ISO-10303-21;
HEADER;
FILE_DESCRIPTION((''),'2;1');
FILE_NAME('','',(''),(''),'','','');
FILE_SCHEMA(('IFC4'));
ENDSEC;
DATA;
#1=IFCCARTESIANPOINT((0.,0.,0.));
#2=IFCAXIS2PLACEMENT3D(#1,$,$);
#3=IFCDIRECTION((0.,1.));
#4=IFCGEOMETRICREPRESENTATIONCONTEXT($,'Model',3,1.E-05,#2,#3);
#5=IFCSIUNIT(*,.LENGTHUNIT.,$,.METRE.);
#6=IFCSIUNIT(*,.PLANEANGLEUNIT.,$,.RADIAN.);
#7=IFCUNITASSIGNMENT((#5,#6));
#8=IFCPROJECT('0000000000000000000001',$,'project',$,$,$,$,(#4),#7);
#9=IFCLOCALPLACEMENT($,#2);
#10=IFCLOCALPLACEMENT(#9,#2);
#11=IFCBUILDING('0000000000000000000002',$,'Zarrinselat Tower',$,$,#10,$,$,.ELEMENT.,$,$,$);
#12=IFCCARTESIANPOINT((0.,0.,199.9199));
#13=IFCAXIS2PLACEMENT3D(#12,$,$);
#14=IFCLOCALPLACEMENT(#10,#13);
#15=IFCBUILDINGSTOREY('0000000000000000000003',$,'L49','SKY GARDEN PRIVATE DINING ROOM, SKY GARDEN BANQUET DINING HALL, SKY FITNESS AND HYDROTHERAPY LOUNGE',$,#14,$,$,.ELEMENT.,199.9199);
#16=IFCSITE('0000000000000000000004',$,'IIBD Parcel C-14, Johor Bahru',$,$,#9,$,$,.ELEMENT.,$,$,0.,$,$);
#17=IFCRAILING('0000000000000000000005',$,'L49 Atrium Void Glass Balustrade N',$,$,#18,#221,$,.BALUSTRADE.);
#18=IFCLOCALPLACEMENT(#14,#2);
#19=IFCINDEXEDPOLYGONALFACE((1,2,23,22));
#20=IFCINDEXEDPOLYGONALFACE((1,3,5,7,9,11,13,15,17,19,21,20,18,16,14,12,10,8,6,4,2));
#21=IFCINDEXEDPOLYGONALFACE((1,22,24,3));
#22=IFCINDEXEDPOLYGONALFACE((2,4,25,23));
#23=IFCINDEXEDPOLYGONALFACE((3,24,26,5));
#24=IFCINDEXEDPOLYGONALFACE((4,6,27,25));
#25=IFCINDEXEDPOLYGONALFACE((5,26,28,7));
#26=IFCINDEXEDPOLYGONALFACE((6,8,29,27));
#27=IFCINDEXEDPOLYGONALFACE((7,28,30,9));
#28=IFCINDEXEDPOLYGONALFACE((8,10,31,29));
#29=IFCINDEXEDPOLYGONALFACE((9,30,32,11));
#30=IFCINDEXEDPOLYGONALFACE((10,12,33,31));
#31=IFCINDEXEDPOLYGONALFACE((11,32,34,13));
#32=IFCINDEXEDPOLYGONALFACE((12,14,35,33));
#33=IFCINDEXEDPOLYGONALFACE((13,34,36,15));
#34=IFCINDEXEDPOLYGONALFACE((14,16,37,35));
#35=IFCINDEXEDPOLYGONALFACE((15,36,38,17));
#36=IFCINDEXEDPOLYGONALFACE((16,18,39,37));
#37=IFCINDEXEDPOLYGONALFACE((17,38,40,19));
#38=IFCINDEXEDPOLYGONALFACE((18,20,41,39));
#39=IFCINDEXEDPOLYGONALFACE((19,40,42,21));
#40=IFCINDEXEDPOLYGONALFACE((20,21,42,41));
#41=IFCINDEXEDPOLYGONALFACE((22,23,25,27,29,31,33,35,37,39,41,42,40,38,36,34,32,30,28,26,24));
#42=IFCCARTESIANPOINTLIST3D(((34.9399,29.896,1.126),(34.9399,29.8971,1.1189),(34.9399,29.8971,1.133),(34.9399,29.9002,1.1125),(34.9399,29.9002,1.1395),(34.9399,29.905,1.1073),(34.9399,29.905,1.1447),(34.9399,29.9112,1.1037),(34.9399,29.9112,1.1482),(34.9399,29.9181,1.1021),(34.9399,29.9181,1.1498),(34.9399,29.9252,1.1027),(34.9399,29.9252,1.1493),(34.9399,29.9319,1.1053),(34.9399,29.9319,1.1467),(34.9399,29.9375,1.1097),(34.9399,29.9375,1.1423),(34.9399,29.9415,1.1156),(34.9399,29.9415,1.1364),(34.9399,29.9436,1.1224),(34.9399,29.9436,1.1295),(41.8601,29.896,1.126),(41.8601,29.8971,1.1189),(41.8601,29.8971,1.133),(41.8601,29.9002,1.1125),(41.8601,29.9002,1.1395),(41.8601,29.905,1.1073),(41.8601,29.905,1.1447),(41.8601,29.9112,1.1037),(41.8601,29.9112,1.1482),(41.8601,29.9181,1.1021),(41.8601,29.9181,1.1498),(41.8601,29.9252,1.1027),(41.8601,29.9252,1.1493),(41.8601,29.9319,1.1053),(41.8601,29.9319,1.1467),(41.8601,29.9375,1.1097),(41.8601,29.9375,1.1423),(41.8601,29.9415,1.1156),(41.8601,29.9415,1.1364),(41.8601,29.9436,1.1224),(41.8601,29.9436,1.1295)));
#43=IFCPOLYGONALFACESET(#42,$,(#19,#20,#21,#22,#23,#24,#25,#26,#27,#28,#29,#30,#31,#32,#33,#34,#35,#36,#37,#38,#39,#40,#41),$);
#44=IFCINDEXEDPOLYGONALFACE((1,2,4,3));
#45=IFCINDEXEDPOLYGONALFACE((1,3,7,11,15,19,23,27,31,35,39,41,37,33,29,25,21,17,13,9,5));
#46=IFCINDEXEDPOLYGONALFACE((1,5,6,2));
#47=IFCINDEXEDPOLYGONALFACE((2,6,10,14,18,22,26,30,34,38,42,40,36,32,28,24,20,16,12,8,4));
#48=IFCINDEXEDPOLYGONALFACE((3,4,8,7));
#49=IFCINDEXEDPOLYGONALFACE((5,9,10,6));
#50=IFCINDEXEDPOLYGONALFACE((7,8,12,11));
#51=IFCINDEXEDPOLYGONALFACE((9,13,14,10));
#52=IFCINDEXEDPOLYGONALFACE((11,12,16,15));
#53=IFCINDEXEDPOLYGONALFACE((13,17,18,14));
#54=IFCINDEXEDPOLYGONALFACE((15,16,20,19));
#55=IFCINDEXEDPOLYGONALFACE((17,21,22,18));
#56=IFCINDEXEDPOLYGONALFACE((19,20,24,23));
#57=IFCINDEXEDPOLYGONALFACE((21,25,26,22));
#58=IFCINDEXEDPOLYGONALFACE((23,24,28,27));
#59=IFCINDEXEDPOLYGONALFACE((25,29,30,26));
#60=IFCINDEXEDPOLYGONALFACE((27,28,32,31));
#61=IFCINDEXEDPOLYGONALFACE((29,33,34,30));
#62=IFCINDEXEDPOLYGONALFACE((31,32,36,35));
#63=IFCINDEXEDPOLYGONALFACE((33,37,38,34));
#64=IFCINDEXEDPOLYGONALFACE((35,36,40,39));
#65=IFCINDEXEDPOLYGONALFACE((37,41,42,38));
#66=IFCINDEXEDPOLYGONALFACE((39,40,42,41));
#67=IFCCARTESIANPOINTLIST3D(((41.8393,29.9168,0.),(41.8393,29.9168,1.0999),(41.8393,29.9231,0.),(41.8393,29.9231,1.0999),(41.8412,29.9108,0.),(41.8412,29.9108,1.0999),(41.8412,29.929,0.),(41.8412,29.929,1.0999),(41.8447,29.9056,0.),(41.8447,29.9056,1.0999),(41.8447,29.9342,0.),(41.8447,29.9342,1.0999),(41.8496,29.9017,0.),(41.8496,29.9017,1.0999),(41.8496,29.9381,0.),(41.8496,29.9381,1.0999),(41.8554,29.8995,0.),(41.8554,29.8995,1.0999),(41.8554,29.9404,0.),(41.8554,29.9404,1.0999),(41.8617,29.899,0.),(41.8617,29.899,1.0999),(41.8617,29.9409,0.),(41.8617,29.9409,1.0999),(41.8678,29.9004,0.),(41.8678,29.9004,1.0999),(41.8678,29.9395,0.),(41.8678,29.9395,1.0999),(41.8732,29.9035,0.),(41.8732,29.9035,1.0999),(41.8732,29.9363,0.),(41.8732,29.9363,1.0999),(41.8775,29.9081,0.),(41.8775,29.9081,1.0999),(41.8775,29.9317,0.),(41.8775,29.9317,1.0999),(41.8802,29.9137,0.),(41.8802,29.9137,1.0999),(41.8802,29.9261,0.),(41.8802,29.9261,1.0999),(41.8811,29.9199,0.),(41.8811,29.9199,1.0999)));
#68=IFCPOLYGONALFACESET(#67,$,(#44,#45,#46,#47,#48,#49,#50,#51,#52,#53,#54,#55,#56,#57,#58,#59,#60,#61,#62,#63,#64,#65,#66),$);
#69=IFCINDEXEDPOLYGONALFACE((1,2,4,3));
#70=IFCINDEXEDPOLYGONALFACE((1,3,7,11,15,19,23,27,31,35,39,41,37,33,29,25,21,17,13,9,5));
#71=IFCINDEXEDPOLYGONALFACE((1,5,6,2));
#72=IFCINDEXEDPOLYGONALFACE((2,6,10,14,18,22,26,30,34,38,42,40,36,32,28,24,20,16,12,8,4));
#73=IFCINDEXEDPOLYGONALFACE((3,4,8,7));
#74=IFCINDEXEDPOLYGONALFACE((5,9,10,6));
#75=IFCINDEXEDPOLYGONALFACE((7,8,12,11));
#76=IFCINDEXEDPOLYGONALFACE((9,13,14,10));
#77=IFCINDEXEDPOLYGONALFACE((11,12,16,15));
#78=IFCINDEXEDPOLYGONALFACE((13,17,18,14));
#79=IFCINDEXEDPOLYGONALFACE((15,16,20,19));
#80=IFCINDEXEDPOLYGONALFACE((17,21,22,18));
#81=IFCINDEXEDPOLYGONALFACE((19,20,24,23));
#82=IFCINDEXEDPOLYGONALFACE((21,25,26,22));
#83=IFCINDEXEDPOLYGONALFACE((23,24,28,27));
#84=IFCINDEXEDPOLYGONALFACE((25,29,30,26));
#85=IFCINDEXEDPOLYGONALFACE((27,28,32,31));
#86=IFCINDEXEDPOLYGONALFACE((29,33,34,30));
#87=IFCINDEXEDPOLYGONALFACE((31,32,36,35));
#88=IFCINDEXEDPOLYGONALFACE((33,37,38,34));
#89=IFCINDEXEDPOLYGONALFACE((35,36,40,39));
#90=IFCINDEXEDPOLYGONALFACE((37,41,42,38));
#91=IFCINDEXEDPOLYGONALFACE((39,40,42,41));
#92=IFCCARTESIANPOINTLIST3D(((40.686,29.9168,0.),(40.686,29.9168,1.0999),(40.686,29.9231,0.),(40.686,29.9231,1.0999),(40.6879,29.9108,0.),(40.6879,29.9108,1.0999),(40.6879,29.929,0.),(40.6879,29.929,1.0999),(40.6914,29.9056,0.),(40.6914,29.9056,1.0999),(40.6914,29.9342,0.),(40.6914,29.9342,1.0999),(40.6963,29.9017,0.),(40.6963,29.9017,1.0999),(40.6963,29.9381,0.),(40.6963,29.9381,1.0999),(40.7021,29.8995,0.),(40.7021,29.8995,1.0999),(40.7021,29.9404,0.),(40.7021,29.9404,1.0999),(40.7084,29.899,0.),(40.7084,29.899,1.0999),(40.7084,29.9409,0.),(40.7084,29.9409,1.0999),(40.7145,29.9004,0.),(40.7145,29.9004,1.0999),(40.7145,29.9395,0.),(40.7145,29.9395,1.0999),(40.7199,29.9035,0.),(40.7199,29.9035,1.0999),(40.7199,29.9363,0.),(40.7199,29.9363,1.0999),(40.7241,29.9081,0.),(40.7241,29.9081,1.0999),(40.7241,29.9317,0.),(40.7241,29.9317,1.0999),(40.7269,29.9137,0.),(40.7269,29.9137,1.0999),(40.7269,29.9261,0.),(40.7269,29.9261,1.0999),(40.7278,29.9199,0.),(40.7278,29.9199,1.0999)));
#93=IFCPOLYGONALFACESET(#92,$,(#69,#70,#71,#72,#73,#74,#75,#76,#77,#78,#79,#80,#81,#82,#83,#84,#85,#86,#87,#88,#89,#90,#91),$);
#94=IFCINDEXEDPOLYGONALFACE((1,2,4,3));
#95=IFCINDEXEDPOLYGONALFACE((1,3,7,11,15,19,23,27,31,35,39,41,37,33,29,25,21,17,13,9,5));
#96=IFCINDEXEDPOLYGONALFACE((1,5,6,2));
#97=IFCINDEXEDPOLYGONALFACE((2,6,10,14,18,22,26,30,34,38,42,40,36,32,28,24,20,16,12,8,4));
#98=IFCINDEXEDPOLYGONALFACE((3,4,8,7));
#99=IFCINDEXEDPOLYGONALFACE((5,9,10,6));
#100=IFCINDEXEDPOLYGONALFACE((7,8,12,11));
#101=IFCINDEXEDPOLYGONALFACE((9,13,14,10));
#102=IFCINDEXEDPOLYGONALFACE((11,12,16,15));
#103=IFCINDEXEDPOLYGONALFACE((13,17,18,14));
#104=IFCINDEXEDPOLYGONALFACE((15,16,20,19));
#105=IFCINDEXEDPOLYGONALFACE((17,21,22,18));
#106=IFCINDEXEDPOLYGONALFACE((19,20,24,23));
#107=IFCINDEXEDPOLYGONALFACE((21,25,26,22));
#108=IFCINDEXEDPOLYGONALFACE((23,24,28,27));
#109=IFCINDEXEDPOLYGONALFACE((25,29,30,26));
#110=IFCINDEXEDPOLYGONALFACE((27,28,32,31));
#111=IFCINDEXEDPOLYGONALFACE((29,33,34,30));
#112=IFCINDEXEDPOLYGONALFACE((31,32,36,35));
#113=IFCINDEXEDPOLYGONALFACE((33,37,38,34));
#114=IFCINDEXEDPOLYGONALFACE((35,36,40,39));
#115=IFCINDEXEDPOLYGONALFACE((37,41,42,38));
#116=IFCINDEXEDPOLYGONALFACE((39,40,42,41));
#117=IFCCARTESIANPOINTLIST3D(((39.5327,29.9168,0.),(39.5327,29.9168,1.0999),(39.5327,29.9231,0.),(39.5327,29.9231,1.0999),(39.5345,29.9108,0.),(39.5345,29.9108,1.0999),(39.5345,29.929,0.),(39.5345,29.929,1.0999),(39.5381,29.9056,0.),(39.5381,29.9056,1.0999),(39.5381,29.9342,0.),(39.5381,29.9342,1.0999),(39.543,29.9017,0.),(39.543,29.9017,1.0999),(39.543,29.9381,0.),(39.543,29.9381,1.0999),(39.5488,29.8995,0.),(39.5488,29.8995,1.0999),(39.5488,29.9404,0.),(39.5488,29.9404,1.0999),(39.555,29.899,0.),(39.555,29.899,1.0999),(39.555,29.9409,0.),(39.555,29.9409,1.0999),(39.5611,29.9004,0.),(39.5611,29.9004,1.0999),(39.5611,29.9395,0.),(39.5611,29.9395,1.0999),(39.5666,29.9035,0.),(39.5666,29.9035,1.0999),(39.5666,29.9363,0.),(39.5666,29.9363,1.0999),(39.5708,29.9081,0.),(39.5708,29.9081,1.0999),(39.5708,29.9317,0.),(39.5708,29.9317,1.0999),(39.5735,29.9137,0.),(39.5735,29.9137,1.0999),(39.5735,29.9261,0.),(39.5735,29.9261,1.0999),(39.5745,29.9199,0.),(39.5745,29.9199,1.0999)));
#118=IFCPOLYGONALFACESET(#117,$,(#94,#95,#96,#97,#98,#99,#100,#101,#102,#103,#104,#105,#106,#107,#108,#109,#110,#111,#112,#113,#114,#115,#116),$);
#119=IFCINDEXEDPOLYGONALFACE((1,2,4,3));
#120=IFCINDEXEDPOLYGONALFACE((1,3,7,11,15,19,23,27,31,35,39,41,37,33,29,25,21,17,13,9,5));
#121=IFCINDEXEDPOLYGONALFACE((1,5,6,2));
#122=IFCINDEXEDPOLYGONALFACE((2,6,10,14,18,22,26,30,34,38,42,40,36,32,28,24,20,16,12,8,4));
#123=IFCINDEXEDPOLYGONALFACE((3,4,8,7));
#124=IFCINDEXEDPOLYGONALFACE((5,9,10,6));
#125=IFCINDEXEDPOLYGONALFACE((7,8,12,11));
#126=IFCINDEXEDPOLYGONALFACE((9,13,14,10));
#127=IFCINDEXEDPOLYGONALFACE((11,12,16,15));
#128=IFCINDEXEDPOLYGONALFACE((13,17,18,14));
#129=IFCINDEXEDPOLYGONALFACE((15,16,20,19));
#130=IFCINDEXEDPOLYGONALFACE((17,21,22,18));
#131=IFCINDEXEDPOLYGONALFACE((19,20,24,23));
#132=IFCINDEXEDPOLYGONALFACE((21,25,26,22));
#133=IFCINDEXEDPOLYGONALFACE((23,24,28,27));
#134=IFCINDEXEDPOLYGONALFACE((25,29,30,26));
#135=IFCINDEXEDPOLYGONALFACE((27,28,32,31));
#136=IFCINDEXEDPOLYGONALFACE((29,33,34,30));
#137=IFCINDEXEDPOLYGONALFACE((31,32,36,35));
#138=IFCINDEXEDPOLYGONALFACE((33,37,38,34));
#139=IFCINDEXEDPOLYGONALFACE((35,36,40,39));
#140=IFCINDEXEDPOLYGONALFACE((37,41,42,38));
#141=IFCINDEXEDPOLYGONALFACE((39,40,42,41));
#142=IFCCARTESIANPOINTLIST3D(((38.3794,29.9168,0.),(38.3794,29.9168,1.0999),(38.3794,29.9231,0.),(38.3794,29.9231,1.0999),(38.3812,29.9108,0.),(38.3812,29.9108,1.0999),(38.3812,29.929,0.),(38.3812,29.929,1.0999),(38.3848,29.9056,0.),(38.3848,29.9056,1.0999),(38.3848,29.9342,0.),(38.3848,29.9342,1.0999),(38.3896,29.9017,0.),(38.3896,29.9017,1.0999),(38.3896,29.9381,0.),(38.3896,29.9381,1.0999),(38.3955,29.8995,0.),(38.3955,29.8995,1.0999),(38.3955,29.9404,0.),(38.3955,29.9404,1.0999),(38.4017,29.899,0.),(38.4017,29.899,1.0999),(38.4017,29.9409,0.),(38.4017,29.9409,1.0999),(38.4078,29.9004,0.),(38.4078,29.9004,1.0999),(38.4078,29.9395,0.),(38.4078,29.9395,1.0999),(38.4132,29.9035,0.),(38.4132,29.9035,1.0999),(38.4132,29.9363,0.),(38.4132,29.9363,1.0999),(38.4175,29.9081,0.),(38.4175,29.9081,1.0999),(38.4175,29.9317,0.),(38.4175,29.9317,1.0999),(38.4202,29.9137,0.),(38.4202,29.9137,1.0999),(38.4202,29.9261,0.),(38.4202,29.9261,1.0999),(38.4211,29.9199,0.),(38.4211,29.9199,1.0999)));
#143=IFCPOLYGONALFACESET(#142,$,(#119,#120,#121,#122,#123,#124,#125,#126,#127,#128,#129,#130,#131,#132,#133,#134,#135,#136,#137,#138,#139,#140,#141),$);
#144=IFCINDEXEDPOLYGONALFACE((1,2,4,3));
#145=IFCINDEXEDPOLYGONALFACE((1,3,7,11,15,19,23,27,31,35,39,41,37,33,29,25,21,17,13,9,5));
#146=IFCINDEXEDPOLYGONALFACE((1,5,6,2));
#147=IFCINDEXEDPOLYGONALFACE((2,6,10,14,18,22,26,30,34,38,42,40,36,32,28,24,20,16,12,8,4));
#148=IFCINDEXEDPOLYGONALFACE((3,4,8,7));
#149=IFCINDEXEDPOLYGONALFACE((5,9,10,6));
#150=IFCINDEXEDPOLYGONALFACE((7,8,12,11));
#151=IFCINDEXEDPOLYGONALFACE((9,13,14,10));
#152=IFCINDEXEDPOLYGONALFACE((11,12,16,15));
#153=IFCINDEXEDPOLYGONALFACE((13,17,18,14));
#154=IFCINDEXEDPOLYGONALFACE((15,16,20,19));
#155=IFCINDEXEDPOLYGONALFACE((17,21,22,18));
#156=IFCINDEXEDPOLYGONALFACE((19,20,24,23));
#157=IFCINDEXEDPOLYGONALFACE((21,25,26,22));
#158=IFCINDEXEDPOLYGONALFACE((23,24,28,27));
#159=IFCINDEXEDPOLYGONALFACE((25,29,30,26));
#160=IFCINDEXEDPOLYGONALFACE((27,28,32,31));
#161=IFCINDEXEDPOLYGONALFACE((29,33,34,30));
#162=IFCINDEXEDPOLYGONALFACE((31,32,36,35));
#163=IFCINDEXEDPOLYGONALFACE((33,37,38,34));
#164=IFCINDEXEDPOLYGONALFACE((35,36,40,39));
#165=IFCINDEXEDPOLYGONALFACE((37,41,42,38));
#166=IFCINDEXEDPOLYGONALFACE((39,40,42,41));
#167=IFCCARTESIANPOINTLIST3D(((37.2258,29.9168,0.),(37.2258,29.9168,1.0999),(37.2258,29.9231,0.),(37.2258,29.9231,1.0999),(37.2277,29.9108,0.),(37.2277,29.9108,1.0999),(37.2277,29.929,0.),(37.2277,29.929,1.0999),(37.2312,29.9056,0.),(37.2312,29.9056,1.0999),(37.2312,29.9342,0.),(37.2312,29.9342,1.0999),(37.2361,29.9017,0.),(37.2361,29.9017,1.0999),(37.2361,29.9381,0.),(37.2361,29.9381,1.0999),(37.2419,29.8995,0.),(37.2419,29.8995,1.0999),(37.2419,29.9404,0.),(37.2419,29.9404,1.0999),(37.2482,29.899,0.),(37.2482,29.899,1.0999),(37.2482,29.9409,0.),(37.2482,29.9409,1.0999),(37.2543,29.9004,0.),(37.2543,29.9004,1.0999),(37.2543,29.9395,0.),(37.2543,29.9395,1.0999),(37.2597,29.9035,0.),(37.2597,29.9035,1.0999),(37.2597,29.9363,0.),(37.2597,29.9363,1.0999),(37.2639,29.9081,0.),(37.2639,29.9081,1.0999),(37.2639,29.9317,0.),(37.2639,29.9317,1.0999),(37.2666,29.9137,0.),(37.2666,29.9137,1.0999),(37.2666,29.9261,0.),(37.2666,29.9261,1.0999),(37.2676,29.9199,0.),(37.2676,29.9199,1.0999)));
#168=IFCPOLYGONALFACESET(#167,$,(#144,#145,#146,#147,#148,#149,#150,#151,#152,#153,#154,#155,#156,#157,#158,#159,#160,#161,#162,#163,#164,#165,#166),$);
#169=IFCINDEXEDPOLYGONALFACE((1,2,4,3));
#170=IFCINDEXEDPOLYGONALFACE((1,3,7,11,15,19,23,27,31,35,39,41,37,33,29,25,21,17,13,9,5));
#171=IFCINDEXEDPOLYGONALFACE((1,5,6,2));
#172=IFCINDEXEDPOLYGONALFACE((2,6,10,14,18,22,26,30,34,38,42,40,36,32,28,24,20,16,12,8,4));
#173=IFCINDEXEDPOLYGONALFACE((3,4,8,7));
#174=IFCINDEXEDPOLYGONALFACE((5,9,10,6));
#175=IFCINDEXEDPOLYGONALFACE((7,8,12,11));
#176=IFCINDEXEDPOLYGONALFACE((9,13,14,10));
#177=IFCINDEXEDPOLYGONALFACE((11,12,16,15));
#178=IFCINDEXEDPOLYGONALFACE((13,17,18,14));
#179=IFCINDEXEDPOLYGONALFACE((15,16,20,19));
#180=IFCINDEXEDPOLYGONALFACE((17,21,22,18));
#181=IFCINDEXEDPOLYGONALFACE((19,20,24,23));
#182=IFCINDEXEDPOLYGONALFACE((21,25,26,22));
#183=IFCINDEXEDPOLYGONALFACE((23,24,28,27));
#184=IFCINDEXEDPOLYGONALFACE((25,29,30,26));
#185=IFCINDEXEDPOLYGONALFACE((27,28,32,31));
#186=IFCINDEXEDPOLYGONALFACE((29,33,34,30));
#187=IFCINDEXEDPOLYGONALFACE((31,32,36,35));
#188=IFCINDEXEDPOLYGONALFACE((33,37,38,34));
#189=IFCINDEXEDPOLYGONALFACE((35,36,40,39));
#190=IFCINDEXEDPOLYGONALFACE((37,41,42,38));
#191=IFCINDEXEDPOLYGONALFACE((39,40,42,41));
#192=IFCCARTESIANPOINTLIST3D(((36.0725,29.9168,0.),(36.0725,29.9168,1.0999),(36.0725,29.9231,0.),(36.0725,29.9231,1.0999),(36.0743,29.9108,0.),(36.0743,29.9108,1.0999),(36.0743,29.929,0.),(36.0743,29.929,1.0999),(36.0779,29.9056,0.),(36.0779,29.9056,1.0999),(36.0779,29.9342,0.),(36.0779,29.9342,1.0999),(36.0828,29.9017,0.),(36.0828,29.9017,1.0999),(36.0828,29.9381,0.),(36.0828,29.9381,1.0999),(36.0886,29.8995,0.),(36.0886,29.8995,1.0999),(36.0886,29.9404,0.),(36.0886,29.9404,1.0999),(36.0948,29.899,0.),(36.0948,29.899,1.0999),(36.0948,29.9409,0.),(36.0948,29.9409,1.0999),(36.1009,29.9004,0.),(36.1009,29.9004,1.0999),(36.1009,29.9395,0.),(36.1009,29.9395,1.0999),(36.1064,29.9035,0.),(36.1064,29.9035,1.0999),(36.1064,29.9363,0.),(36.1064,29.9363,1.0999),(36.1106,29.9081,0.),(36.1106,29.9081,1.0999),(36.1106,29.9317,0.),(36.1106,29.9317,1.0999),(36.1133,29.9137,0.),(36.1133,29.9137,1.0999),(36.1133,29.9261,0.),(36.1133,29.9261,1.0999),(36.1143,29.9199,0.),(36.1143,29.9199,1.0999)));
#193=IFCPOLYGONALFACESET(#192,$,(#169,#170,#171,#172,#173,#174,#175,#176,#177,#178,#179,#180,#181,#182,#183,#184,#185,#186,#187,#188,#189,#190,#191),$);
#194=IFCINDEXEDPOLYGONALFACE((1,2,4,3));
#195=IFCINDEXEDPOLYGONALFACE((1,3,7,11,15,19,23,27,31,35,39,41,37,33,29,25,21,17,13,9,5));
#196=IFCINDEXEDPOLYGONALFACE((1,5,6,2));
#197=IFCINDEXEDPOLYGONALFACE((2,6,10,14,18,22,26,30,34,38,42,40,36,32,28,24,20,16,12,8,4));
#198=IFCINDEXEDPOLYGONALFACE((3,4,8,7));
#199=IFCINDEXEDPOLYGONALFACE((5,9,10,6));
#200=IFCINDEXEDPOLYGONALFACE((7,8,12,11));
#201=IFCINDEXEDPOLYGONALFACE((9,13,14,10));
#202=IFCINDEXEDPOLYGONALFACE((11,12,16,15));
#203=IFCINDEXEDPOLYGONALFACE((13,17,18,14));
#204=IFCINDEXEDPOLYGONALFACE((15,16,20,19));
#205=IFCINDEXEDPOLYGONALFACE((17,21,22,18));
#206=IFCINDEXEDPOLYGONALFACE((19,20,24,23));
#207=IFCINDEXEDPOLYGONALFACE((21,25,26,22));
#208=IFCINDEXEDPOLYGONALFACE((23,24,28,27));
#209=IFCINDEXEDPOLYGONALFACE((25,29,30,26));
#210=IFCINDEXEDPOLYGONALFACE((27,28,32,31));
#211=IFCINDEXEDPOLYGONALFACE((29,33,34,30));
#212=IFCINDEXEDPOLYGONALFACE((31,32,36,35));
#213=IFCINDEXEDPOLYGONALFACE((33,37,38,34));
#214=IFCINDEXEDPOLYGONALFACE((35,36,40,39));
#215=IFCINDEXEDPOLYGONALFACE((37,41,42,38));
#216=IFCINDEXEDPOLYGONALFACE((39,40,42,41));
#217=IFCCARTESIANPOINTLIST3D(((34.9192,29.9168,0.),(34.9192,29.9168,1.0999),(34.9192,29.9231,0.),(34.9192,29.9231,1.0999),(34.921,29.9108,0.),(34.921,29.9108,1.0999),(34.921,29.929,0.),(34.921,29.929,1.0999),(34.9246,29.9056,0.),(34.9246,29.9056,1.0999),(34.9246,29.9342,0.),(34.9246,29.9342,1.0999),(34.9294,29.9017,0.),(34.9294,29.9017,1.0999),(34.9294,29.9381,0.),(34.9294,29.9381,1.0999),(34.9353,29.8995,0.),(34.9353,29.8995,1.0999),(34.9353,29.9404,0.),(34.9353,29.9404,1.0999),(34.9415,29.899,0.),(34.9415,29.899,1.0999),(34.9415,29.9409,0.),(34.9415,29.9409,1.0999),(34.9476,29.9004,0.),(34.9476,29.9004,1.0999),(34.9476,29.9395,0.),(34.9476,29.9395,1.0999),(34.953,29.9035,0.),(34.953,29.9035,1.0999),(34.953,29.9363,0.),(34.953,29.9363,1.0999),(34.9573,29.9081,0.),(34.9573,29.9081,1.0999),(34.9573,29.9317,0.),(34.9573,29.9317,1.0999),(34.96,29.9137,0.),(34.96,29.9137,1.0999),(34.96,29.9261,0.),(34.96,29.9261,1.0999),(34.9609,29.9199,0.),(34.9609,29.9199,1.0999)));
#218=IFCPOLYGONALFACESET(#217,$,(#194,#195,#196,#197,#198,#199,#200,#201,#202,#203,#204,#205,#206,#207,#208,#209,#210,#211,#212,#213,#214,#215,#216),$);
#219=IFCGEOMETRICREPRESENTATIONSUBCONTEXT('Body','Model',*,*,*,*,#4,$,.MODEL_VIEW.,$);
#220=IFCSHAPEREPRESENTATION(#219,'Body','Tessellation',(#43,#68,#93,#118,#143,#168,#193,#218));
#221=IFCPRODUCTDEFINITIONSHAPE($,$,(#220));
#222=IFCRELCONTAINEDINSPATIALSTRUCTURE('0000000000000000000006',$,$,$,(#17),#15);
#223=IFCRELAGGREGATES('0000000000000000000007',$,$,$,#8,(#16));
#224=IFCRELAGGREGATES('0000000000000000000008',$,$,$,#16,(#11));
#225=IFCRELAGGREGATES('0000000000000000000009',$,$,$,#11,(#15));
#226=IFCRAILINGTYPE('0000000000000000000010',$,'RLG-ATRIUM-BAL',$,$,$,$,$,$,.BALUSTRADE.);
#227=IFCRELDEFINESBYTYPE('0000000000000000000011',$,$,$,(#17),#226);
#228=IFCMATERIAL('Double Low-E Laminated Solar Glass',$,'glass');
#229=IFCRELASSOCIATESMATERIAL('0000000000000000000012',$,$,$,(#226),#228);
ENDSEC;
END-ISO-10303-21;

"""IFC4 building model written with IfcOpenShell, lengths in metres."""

from ifc_helpers import new_model, si_unit, direction, frame, origin, origin_2d, place, context, subcontext, project, spatial, circle, extrude, material, type_object, element, save


model = new_model("IFC4")

# Units and contexts
model_context = context("Model", 3, precision=1e-05, world=origin(), true_north=direction((0.0, 1.0)))
body_context = subcontext(model_context, "Body", "Model", "MODEL_VIEW")
ifc_project = project(units=[si_unit("LENGTHUNIT", "METRE"), si_unit("PLANEANGLEUNIT", "RADIAN")], contexts=[model_context])

# Site, building, storey
site_placement = place(None, origin())
site = spatial("IfcSite", under=ifc_project, at=site_placement, Name="IIBD Parcel C-14, Johor Bahru", CompositionType="ELEMENT", RefElevation=0.0)
building_placement = place(site_placement, origin())
building = spatial("IfcBuilding", under=site, at=building_placement, Name="Zarrinselat Tower", CompositionType="ELEMENT")
storey_placement = place(building_placement, frame((0.0, 0.0, 199.9199)))
storey = spatial("IfcBuildingStorey", under=building, at=storey_placement, Name="L49", Description="SKY GARDEN PRIVATE DINING ROOM, SKY GARDEN BANQUET DINING HALL, SKY FITNESS AND HYDROTHERAPY LOUNGE", CompositionType="ELEMENT", Elevation=199.9199)

# Railing
ifc_material_1 = material(Name="Double Low-E Laminated Solar Glass", Category="glass")
railing_type_1 = type_object("IfcRailingType", Name="RLG-ATRIUM-BAL", PredefinedType="BALUSTRADE", material=ifc_material_1)
railing_1_placement = place(storey_placement, frame((41.8601, 29.9199, 0.0)))
element("IfcRailing", 1, at=railing_1_placement, inside=storey, type_object=railing_type_1, Name="L49 Atrium Void Glass Balustrade N", PredefinedType="BALUSTRADE", context=body_context, shape_type="SweptSolid", body=[
    extrude(circle(Radius=0.0239, at=origin_2d()), frame((0.0, 0.0, 1.126), z_axis=(-1.0, 0.0, 0.0), x_axis=(0.0, -1.0, 0.0)), (0.0, 0.0, 1.0), 6.9202),
    extrude(circle(Radius=0.021, at=origin_2d()), origin(), (0.0, 0.0, 1.0), 1.0999),
    extrude(circle(Radius=0.021, at=origin_2d()), frame((-1.1533, 0.0, 0.0)), (0.0, 0.0, 1.0), 1.0999),
    extrude(circle(Radius=0.021, at=origin_2d()), frame((-2.3066, 0.0, 0.0)), (0.0, 0.0, 1.0), 1.0999),
    extrude(circle(Radius=0.021, at=origin_2d()), frame((-3.46, 0.0, 0.0)), (0.0, 0.0, 1.0), 1.0999),
    extrude(circle(Radius=0.021, at=origin_2d()), frame((-4.6135, 0.0, 0.0)), (0.0, 0.0, 1.0), 1.0999),
    extrude(circle(Radius=0.021, at=origin_2d()), frame((-5.7668, 0.0, 0.0)), (0.0, 0.0, 1.0), 1.0999),
    extrude(circle(Radius=0.021, at=origin_2d()), frame((-6.9202, 0.0, 0.0)), (0.0, 0.0, 1.0), 1.0999),
])

save(model, "model.ifc")
